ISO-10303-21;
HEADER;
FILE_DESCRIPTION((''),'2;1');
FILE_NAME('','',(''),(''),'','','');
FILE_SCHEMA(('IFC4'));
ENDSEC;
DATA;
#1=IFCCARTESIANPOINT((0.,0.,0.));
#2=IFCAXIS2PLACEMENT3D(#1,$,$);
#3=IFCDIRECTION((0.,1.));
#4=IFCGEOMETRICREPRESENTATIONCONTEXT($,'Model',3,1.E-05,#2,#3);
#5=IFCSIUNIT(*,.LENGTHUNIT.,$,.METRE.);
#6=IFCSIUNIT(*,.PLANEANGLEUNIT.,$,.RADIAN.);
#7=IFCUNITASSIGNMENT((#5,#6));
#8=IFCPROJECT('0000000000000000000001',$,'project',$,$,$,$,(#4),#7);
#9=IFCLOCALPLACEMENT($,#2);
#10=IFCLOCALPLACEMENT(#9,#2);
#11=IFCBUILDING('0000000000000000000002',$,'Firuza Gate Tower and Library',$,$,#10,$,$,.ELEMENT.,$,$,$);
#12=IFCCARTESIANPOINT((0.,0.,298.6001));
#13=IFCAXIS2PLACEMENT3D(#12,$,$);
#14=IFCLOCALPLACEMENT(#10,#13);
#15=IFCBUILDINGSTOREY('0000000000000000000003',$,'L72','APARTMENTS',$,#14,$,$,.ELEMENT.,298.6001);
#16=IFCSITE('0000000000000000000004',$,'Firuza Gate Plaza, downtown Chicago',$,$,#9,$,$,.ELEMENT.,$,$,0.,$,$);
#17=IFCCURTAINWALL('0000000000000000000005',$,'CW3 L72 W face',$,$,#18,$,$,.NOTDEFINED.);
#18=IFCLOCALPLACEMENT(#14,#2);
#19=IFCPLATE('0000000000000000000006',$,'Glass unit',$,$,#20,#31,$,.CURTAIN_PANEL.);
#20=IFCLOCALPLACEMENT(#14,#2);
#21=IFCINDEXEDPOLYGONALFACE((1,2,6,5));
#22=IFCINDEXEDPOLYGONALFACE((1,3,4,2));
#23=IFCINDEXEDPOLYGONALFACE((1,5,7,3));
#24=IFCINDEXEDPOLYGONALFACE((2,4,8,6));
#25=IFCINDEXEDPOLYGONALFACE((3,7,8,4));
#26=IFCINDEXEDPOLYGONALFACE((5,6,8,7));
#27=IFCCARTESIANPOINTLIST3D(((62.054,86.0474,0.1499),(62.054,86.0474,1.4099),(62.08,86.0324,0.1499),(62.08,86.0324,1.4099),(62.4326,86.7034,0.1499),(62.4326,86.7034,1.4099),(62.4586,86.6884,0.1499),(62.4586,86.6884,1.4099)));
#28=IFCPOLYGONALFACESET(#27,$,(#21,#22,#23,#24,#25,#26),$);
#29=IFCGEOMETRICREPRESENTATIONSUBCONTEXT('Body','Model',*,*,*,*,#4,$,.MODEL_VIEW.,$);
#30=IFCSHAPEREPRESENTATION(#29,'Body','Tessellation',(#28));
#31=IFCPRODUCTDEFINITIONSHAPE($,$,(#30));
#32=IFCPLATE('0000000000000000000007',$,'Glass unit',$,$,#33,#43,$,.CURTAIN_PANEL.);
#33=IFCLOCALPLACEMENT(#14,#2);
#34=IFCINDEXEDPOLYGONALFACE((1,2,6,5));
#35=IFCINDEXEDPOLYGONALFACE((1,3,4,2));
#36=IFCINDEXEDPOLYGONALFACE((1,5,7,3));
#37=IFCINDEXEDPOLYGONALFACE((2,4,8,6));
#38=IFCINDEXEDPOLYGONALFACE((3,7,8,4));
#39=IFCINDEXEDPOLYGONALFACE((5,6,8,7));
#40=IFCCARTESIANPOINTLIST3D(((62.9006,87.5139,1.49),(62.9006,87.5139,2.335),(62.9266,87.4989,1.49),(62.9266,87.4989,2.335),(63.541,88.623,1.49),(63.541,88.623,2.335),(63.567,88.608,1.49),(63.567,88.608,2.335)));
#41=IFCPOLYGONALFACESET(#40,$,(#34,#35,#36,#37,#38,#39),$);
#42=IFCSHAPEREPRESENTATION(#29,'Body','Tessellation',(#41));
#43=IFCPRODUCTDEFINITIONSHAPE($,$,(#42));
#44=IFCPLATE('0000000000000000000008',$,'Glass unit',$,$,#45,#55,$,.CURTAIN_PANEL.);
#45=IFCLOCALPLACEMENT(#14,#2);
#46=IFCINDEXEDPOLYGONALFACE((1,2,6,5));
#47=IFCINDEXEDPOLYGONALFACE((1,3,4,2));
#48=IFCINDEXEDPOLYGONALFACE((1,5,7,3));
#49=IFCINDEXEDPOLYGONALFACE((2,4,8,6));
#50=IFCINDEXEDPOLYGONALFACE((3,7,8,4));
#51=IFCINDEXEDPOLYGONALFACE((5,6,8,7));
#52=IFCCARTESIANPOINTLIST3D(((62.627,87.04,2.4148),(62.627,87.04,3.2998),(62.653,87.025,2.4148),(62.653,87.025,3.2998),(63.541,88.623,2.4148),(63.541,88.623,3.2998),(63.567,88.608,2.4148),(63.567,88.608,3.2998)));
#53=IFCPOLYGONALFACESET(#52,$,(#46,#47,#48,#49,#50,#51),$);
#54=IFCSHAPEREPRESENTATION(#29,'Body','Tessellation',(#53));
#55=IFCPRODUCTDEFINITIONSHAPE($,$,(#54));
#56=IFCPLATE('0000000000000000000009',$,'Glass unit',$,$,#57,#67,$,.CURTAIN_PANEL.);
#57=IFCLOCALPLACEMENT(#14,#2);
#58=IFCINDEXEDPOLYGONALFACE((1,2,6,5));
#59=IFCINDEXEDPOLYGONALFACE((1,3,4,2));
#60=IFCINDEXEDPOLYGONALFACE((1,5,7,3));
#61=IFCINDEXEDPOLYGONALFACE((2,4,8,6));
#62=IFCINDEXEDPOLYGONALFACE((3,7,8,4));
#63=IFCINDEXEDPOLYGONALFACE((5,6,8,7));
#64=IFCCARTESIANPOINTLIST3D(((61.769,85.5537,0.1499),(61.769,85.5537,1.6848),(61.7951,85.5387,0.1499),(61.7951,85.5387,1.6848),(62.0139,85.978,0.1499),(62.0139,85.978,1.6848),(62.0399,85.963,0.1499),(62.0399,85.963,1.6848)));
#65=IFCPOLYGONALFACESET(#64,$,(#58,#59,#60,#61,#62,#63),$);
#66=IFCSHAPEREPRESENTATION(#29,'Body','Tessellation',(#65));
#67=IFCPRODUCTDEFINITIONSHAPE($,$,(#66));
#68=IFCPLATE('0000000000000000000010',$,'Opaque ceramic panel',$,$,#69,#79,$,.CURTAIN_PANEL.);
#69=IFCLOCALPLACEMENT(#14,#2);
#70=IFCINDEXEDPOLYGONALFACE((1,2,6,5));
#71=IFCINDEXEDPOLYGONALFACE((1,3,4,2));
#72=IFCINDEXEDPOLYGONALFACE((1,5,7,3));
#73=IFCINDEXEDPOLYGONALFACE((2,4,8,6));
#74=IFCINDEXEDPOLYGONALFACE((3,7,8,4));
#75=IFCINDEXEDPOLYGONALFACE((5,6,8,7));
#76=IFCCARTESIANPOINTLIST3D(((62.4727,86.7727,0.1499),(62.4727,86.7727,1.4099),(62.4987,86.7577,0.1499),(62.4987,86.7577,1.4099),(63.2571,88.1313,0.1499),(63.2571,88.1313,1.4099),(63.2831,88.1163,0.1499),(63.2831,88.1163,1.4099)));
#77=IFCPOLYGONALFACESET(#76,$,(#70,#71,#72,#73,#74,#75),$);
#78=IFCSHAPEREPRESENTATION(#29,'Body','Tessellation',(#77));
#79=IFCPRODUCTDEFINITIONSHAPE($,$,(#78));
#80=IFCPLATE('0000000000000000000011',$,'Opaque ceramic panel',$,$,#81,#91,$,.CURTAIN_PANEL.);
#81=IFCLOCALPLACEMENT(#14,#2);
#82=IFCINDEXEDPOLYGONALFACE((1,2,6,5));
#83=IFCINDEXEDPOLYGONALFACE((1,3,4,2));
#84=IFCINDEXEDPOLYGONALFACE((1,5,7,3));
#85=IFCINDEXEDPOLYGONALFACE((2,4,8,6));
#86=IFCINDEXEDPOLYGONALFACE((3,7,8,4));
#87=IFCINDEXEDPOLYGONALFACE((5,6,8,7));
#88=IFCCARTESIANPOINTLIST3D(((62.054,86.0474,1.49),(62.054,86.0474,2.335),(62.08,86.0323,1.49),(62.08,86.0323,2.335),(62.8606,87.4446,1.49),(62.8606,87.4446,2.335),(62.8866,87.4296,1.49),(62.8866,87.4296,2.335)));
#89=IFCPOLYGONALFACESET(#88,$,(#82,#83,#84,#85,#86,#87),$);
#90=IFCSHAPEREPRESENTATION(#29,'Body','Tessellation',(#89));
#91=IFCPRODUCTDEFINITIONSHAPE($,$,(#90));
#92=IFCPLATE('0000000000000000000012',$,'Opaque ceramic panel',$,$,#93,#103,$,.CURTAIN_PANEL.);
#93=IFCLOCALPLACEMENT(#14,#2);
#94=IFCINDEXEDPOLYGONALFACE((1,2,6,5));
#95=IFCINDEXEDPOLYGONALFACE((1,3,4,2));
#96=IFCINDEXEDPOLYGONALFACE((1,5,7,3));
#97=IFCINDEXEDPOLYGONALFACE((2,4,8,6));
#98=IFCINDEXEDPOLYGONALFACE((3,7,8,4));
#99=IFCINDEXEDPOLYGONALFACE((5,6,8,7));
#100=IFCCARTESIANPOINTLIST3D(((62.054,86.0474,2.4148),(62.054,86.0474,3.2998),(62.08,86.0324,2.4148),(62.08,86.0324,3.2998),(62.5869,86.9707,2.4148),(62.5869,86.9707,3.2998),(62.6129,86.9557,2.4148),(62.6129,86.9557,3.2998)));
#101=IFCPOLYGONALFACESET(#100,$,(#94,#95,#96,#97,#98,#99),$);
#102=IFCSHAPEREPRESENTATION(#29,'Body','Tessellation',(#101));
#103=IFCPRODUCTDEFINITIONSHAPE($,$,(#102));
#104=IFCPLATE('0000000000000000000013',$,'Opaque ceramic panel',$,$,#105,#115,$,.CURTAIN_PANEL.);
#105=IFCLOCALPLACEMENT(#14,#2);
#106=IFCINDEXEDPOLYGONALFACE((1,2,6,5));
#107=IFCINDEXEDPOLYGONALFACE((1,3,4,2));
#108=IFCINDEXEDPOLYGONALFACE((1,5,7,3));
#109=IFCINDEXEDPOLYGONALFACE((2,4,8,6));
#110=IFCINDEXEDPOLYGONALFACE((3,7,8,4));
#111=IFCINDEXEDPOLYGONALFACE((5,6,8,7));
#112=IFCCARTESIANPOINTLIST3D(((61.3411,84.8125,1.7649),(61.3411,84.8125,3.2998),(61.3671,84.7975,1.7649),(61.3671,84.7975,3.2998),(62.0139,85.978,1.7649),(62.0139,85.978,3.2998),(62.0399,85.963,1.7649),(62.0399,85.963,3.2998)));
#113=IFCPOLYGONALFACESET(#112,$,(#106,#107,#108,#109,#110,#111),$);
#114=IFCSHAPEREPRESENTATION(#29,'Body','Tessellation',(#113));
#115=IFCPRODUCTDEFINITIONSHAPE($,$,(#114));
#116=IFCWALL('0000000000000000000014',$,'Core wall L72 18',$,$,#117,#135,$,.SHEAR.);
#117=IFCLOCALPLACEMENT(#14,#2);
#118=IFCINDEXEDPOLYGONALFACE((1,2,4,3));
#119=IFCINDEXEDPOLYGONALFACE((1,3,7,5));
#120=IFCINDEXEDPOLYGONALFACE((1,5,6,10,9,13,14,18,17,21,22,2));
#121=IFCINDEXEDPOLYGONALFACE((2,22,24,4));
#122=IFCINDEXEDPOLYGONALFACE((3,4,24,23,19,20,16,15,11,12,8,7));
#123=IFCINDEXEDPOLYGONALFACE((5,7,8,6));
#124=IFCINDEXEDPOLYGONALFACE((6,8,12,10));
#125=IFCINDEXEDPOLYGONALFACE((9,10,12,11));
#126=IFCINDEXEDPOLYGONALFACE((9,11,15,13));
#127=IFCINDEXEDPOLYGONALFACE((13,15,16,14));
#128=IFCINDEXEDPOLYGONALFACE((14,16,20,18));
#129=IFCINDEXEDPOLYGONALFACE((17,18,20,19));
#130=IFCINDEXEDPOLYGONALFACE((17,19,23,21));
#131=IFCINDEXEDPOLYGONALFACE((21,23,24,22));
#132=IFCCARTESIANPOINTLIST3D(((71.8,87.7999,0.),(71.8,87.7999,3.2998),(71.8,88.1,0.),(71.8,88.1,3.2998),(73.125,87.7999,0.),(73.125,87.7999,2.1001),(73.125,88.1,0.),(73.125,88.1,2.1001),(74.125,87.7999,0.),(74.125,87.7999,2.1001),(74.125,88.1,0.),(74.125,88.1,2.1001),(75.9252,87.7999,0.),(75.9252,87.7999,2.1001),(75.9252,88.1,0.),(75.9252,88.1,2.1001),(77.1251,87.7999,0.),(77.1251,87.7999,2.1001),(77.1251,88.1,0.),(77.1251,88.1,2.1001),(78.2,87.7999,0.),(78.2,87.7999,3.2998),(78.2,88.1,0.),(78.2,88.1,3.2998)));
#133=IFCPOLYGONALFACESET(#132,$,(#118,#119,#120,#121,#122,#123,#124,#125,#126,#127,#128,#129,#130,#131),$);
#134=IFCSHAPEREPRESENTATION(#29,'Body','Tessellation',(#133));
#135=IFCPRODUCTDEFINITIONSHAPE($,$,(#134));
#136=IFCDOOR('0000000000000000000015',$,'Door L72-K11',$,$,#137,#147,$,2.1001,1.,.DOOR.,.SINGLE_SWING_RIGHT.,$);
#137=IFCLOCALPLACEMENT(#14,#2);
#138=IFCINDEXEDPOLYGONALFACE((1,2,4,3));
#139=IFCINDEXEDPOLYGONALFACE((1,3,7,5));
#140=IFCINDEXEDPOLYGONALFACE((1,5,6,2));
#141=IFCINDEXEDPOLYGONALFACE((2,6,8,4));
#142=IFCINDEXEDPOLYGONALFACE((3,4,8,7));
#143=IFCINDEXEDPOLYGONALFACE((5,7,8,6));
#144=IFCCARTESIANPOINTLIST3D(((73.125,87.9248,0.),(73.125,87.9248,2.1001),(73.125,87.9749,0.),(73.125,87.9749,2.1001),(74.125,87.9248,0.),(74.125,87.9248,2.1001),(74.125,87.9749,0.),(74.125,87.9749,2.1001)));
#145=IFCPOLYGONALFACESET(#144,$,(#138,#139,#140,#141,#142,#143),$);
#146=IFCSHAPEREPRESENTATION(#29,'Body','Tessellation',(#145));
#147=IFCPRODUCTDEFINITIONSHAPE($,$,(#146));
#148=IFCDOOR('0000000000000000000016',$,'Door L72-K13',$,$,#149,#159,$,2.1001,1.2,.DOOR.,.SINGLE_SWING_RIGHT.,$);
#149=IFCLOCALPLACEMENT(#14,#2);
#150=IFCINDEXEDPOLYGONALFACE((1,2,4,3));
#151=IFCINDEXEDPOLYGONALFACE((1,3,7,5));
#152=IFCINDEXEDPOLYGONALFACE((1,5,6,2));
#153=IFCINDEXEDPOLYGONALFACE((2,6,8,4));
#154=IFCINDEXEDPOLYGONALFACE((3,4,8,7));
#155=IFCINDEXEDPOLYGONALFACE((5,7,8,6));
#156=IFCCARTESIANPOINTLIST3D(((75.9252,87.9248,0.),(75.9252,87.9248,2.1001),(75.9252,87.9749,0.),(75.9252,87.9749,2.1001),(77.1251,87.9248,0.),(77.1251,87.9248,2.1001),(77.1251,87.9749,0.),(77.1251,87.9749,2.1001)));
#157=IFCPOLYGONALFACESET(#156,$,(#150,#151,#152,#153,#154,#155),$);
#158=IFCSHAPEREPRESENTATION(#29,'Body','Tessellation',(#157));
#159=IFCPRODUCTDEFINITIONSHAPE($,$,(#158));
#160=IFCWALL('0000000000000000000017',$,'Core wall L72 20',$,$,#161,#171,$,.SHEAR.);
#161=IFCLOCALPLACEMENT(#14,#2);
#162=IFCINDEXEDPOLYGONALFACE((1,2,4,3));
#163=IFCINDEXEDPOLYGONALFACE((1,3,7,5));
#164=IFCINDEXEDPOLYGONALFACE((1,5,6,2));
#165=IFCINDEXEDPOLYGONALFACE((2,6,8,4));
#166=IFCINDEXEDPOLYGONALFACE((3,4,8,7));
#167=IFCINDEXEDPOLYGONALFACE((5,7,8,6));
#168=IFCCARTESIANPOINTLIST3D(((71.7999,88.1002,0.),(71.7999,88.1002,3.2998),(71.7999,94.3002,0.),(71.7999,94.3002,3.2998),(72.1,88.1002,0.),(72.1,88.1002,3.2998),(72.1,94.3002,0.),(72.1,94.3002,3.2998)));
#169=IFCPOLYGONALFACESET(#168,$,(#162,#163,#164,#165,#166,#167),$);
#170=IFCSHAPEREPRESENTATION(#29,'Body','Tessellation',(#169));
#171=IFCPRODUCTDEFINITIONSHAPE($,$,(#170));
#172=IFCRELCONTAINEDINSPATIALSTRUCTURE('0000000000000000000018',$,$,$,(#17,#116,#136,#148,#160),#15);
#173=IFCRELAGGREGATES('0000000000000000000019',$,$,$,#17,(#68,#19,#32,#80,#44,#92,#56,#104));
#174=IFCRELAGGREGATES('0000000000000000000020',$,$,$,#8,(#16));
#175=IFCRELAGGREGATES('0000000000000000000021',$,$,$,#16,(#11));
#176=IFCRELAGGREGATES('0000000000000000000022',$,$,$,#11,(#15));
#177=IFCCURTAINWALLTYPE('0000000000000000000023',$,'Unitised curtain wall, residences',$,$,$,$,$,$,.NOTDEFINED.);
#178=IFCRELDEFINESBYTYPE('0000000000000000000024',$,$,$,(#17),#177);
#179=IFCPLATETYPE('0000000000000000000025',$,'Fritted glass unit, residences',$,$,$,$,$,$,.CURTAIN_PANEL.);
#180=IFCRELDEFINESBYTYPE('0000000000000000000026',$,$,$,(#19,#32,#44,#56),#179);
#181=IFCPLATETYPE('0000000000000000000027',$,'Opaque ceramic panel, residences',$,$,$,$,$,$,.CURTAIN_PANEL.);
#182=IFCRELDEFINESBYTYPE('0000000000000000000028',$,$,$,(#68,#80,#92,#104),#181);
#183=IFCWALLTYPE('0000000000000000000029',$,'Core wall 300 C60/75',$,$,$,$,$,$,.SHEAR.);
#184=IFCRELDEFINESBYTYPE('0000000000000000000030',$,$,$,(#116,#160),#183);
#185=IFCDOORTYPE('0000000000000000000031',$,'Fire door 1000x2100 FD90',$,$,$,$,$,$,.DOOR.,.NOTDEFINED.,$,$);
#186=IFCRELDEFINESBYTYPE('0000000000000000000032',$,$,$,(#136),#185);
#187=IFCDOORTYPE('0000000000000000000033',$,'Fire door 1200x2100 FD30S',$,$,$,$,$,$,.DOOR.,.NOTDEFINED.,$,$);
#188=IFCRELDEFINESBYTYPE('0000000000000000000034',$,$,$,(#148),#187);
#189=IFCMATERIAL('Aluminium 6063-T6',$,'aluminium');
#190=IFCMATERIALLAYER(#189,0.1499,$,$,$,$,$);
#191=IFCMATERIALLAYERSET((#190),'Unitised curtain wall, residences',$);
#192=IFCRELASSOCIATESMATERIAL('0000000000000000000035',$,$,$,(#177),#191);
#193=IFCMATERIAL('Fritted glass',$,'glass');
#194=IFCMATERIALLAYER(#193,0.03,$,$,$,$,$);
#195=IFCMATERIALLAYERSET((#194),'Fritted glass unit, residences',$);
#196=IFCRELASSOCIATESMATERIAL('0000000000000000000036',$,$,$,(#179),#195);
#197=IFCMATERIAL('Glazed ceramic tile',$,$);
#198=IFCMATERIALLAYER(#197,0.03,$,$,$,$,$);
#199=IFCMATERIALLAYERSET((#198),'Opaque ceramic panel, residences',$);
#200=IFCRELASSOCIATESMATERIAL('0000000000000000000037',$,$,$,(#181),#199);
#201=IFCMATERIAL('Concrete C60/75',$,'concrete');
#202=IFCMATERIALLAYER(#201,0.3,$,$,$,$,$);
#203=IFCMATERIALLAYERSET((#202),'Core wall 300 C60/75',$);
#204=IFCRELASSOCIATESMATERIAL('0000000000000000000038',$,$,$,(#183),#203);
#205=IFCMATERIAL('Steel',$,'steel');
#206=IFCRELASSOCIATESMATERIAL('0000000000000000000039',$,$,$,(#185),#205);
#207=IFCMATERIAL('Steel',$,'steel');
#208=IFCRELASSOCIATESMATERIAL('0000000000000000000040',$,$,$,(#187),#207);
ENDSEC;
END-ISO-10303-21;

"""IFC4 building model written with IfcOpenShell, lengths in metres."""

from ifc_helpers import new_model, si_unit, direction, frame, frame_2d, origin, place, context, subcontext, project, spatial, polyline, rectangle, outline, extrude, material, layer, layer_set, type_object, element, fill, aggregate, save


model = new_model("IFC4")

# Units and contexts
model_context = context("Model", 3, precision=1e-05, world=origin(), true_north=direction((0.0, 1.0)))
body_context = subcontext(model_context, "Body", "Model", "MODEL_VIEW")
ifc_project = project(units=[si_unit("LENGTHUNIT", "METRE"), si_unit("PLANEANGLEUNIT", "RADIAN")], contexts=[model_context])

# Site, building, storey
site_placement = place(None, origin())
site = spatial("IfcSite", under=ifc_project, at=site_placement, Name="Firuza Gate Plaza, downtown Chicago", CompositionType="ELEMENT", RefElevation=0.0)
building_placement = place(site_placement, origin())
building = spatial("IfcBuilding", under=site, at=building_placement, Name="Firuza Gate Tower and Library", CompositionType="ELEMENT")
storey_placement = place(building_placement, frame((0.0, 0.0, 298.6001)))
storey = spatial("IfcBuildingStorey", under=building, at=storey_placement, Name="L72", Description="APARTMENTS", CompositionType="ELEMENT", Elevation=298.6001)

# Curtain wall
ifc_material_1 = material(Name="Aluminium 6063-T6", Category="aluminium")
ifc_layer_1 = layer(ifc_material_1, 0.1499)
ifc_layer_set_1 = layer_set([ifc_layer_1], Name="Unitised curtain wall, residences")
curtain_wall_type = type_object("IfcCurtainWallType", Name="Unitised curtain wall, residences", PredefinedType="NOTDEFINED", material=ifc_layer_set_1)
curtain_wall_placement = place(storey_placement, origin())
curtain_wall = element("IfcCurtainWall", 1, at=curtain_wall_placement, inside=storey, type_object=curtain_wall_type, Name="CW3 L72 W face", PredefinedType="NOTDEFINED")

# Plates
ifc_material_2 = material(Name="Fritted glass", Category="glass")
ifc_layer_2 = layer(ifc_material_2, 0.03)
ifc_layer_set_2 = layer_set([ifc_layer_2], Name="Fritted glass unit, residences")
plate_type_1 = type_object("IfcPlateType", Name="Fritted glass unit, residences", PredefinedType="CURTAIN_PANEL", material=ifc_layer_set_2)
plate_1_placement = place(storey_placement, frame((62.4326, 86.7034, 0.1499), z_axis=(-0.866073, 0.499918, 0.0), x_axis=(-0.499918, -0.866073, 0.0)))
plate_1 = element("IfcPlate", 2, at=plate_1_placement, type_object=plate_type_1, Name="Glass unit", PredefinedType="CURTAIN_PANEL", context=body_context, shape_type="SweptSolid", body=[
    extrude(outline(polyline([(0.0, 0.0), (0.7574, 0.0), (0.7574, 1.26), (0.0, 1.26), (0.0, 0.0)])), origin(), (0.0, 0.0, -1.0), 0.03),
])
plate_2_placement = place(storey_placement, frame((63.541, 88.623, 1.49), z_axis=(-0.866017, 0.500014, 0.0), x_axis=(-0.500014, -0.866017, 0.0)))
plate_2 = element("IfcPlate", 3, at=plate_2_placement, type_object=plate_type_1, Name="Glass unit", PredefinedType="CURTAIN_PANEL", context=body_context, shape_type="SweptSolid", body=[
    extrude(outline(polyline([(0.0, 0.0), (1.2807, 0.0), (1.2807, 0.845), (0.0, 0.845), (0.0, 0.0)])), origin(), (0.0, 0.0, -1.0), 0.03),
])
plate_3_placement = place(storey_placement, frame((63.541, 88.623, 2.4148), z_axis=(-0.865999, 0.500046, 0.0), x_axis=(-0.500046, -0.865999, 0.0)))
plate_3 = element("IfcPlate", 4, at=plate_3_placement, type_object=plate_type_1, Name="Glass unit", PredefinedType="CURTAIN_PANEL", context=body_context, shape_type="SweptSolid", body=[
    extrude(outline(polyline([(0.0, 0.0), (1.828, 0.0), (1.828, 0.885), (0.0, 0.885), (0.0, 0.0)])), origin(), (0.0, 0.0, -1.0), 0.03),
])
plate_4_placement = place(storey_placement, frame((62.0139, 85.978, 0.1499), z_axis=(-0.866119, 0.499837, 0.0), x_axis=(-0.499837, -0.866119, 0.0)))
plate_4 = element("IfcPlate", 5, at=plate_4_placement, type_object=plate_type_1, Name="Glass unit", PredefinedType="CURTAIN_PANEL", context=body_context, shape_type="SweptSolid", body=[
    extrude(outline(polyline([(0.0, 0.0), (0.4899, 0.0), (0.4899, 1.5349), (0.0, 1.5349), (0.0, 0.0)])), origin(), (0.0, 0.0, -1.0), 0.03),
])
ifc_material_3 = material(Name="Glazed ceramic tile")
ifc_layer_3 = layer(ifc_material_3, 0.03)
ifc_layer_set_3 = layer_set([ifc_layer_3], Name="Opaque ceramic panel, residences")
plate_type_2 = type_object("IfcPlateType", Name="Opaque ceramic panel, residences", PredefinedType="CURTAIN_PANEL", material=ifc_layer_set_3)
plate_5_placement = place(storey_placement, frame((63.2571, 88.1313, 0.1499), z_axis=(-0.866022, 0.500005, 0.0), x_axis=(-0.500005, -0.866022, 0.0)))
plate_5 = element("IfcPlate", 6, at=plate_5_placement, type_object=plate_type_2, Name="Opaque ceramic panel", PredefinedType="CURTAIN_PANEL", context=body_context, shape_type="SweptSolid", body=[
    extrude(outline(polyline([(0.0, 0.0), (1.5688, 0.0), (1.5688, 1.26), (0.0, 1.26), (0.0, 0.0)])), origin(), (0.0, 0.0, -1.0), 0.03),
])
plate_6_placement = place(storey_placement, frame((62.8606, 87.4446, 1.49), z_axis=(-0.866037, 0.49998, 0.0), x_axis=(-0.49998, -0.866037, 0.0)))
plate_6 = element("IfcPlate", 7, at=plate_6_placement, type_object=plate_type_2, Name="Opaque ceramic panel", PredefinedType="CURTAIN_PANEL", context=body_context, shape_type="SweptSolid", body=[
    extrude(outline(polyline([(0.0, 0.0), (1.6133, 0.0), (1.6133, 0.845), (0.0, 0.845), (0.0, 0.0)])), origin(), (0.0, 0.0, -1.0), 0.03),
])
plate_7_placement = place(storey_placement, frame((62.5869, 86.9707, 2.4148), z_axis=(-0.866079, 0.499907, 0.0), x_axis=(-0.499907, -0.866079, 0.0)))
plate_7 = element("IfcPlate", 8, at=plate_7_placement, type_object=plate_type_2, Name="Opaque ceramic panel", PredefinedType="CURTAIN_PANEL", context=body_context, shape_type="SweptSolid", body=[
    extrude(outline(polyline([(0.0, 0.0), (1.0661, 0.0), (1.0661, 0.885), (0.0, 0.885), (0.0, 0.0)])), origin(), (0.0, 0.0, -1.0), 0.03),
])
plate_8_placement = place(storey_placement, frame((62.0139, 85.978, 1.7649), z_axis=(-0.866047, 0.499963, 0.0), x_axis=(-0.499963, -0.866047, 0.0)))
plate_8 = element("IfcPlate", 9, at=plate_8_placement, type_object=plate_type_2, Name="Opaque ceramic panel", PredefinedType="CURTAIN_PANEL", context=body_context, shape_type="SweptSolid", body=[
    extrude(outline(polyline([(0.0, 0.0), (1.3458, 0.0), (1.3458, 1.5349), (0.0, 1.5349), (0.0, 0.0)])), origin(), (0.0, 0.0, -1.0), 0.03),
])
aggregate(curtain_wall, [plate_5, plate_1, plate_2, plate_6, plate_3, plate_7, plate_4, plate_8])

# Wall, openings, doors
ifc_material_4 = material(Name="Concrete C60/75", Category="concrete")
ifc_layer_4 = layer(ifc_material_4, 0.3)
ifc_layer_set_4 = layer_set([ifc_layer_4], Name="Core wall 300 C60/75")
wall_type_1 = type_object("IfcWallType", Name="Core wall 300 C60/75", PredefinedType="SHEAR", material=ifc_layer_set_4)
wall_1_placement = place(storey_placement, frame((71.8, 87.95, 0.0), z_axis=(0.0, 0.0, 1.0), x_axis=(1.0, 0.0, 0.0)))
wall_1 = element("IfcWall", 10, at=wall_1_placement, inside=storey, type_object=wall_type_1, Name="Core wall L72 18", PredefinedType="SHEAR", context=body_context, shape_type="SweptSolid", body=[
    extrude(rectangle(XDim=6.3999, YDim=0.3, at=frame_2d((3.2, 0.0))), origin(), (0.0, 0.0, 1.0), 3.2998),
])
opening_1_placement = place(wall_1_placement, frame((1.325, 0.0, 0.0)))
opening_1 = element("IfcOpeningElement", 11, at=opening_1_placement, cuts=wall_1, PredefinedType="OPENING", context=body_context, shape_type="SweptSolid", body=[
    extrude(rectangle(XDim=1.0, YDim=2.1001, at=frame_2d((0.5, 1.05))), frame((0.0, 0.1602, 0.0), z_axis=(0.0, -1.0, 0.0), x_axis=(1.0, 0.0, 0.0)), (0.0, 0.0, 1.0), 0.3201),
])
opening_2_placement = place(wall_1_placement, frame((4.125, 0.0, 0.0)))
opening_2 = element("IfcOpeningElement", 12, at=opening_2_placement, cuts=wall_1, PredefinedType="OPENING", context=body_context, shape_type="SweptSolid", body=[
    extrude(rectangle(XDim=1.2, YDim=2.1001, at=frame_2d((0.6001, 1.05))), frame((0.0, 0.1602, 0.0), z_axis=(0.0, -1.0, 0.0), x_axis=(1.0, 0.0, 0.0)), (0.0, 0.0, 1.0), 0.3201),
])
ifc_material_5 = material(Name="Steel", Category="steel")
door_type_1 = type_object("IfcDoorType", Name="Fire door 1000x2100 FD90", OperationType="NOTDEFINED", PredefinedType="DOOR", material=ifc_material_5)
door_1_placement = place(opening_1_placement, origin())
door_1 = element("IfcDoor", 13, at=door_1_placement, inside=storey, type_object=door_type_1, Name="Door L72-K11", OperationType="SINGLE_SWING_RIGHT", OverallHeight=2.1001, OverallWidth=1.0, PredefinedType="DOOR", context=body_context, shape_type="SweptSolid", body=[
    extrude(rectangle(XDim=1.0, YDim=2.1001, at=frame_2d((0.5, 1.05))), frame((0.0, 0.0249, 0.0), z_axis=(0.0, -1.0, 0.0), x_axis=(1.0, 0.0, 0.0)), (0.0, 0.0, 1.0), 0.05),
])
fill(opening_1, door_1)
ifc_material_6 = material(Name="Steel", Category="steel")
door_type_2 = type_object("IfcDoorType", Name="Fire door 1200x2100 FD30S", OperationType="NOTDEFINED", PredefinedType="DOOR", material=ifc_material_6)
door_2_placement = place(opening_2_placement, origin())
door_2 = element("IfcDoor", 14, at=door_2_placement, inside=storey, type_object=door_type_2, Name="Door L72-K13", OperationType="SINGLE_SWING_RIGHT", OverallHeight=2.1001, OverallWidth=1.2, PredefinedType="DOOR", context=body_context, shape_type="SweptSolid", body=[
    extrude(rectangle(XDim=1.2, YDim=2.1001, at=frame_2d((0.6001, 1.05))), frame((0.0, 0.0249, 0.0), z_axis=(0.0, -1.0, 0.0), x_axis=(1.0, 0.0, 0.0)), (0.0, 0.0, 1.0), 0.05),
])
fill(opening_2, door_2)

# Wall
wall_2_placement = place(storey_placement, frame((71.95, 88.1001, 0.0), z_axis=(0.0, 0.0, 1.0), x_axis=(0.0, 1.0, 0.0)))
element("IfcWall", 15, at=wall_2_placement, inside=storey, type_object=wall_type_1, Name="Core wall L72 20", PredefinedType="SHEAR", context=body_context, shape_type="SweptSolid", body=[
    extrude(rectangle(XDim=6.2, YDim=0.3, at=frame_2d((3.1001, 0.0))), origin(), (0.0, 0.0, 1.0), 3.2998),
])

save(model, "model.ifc")
